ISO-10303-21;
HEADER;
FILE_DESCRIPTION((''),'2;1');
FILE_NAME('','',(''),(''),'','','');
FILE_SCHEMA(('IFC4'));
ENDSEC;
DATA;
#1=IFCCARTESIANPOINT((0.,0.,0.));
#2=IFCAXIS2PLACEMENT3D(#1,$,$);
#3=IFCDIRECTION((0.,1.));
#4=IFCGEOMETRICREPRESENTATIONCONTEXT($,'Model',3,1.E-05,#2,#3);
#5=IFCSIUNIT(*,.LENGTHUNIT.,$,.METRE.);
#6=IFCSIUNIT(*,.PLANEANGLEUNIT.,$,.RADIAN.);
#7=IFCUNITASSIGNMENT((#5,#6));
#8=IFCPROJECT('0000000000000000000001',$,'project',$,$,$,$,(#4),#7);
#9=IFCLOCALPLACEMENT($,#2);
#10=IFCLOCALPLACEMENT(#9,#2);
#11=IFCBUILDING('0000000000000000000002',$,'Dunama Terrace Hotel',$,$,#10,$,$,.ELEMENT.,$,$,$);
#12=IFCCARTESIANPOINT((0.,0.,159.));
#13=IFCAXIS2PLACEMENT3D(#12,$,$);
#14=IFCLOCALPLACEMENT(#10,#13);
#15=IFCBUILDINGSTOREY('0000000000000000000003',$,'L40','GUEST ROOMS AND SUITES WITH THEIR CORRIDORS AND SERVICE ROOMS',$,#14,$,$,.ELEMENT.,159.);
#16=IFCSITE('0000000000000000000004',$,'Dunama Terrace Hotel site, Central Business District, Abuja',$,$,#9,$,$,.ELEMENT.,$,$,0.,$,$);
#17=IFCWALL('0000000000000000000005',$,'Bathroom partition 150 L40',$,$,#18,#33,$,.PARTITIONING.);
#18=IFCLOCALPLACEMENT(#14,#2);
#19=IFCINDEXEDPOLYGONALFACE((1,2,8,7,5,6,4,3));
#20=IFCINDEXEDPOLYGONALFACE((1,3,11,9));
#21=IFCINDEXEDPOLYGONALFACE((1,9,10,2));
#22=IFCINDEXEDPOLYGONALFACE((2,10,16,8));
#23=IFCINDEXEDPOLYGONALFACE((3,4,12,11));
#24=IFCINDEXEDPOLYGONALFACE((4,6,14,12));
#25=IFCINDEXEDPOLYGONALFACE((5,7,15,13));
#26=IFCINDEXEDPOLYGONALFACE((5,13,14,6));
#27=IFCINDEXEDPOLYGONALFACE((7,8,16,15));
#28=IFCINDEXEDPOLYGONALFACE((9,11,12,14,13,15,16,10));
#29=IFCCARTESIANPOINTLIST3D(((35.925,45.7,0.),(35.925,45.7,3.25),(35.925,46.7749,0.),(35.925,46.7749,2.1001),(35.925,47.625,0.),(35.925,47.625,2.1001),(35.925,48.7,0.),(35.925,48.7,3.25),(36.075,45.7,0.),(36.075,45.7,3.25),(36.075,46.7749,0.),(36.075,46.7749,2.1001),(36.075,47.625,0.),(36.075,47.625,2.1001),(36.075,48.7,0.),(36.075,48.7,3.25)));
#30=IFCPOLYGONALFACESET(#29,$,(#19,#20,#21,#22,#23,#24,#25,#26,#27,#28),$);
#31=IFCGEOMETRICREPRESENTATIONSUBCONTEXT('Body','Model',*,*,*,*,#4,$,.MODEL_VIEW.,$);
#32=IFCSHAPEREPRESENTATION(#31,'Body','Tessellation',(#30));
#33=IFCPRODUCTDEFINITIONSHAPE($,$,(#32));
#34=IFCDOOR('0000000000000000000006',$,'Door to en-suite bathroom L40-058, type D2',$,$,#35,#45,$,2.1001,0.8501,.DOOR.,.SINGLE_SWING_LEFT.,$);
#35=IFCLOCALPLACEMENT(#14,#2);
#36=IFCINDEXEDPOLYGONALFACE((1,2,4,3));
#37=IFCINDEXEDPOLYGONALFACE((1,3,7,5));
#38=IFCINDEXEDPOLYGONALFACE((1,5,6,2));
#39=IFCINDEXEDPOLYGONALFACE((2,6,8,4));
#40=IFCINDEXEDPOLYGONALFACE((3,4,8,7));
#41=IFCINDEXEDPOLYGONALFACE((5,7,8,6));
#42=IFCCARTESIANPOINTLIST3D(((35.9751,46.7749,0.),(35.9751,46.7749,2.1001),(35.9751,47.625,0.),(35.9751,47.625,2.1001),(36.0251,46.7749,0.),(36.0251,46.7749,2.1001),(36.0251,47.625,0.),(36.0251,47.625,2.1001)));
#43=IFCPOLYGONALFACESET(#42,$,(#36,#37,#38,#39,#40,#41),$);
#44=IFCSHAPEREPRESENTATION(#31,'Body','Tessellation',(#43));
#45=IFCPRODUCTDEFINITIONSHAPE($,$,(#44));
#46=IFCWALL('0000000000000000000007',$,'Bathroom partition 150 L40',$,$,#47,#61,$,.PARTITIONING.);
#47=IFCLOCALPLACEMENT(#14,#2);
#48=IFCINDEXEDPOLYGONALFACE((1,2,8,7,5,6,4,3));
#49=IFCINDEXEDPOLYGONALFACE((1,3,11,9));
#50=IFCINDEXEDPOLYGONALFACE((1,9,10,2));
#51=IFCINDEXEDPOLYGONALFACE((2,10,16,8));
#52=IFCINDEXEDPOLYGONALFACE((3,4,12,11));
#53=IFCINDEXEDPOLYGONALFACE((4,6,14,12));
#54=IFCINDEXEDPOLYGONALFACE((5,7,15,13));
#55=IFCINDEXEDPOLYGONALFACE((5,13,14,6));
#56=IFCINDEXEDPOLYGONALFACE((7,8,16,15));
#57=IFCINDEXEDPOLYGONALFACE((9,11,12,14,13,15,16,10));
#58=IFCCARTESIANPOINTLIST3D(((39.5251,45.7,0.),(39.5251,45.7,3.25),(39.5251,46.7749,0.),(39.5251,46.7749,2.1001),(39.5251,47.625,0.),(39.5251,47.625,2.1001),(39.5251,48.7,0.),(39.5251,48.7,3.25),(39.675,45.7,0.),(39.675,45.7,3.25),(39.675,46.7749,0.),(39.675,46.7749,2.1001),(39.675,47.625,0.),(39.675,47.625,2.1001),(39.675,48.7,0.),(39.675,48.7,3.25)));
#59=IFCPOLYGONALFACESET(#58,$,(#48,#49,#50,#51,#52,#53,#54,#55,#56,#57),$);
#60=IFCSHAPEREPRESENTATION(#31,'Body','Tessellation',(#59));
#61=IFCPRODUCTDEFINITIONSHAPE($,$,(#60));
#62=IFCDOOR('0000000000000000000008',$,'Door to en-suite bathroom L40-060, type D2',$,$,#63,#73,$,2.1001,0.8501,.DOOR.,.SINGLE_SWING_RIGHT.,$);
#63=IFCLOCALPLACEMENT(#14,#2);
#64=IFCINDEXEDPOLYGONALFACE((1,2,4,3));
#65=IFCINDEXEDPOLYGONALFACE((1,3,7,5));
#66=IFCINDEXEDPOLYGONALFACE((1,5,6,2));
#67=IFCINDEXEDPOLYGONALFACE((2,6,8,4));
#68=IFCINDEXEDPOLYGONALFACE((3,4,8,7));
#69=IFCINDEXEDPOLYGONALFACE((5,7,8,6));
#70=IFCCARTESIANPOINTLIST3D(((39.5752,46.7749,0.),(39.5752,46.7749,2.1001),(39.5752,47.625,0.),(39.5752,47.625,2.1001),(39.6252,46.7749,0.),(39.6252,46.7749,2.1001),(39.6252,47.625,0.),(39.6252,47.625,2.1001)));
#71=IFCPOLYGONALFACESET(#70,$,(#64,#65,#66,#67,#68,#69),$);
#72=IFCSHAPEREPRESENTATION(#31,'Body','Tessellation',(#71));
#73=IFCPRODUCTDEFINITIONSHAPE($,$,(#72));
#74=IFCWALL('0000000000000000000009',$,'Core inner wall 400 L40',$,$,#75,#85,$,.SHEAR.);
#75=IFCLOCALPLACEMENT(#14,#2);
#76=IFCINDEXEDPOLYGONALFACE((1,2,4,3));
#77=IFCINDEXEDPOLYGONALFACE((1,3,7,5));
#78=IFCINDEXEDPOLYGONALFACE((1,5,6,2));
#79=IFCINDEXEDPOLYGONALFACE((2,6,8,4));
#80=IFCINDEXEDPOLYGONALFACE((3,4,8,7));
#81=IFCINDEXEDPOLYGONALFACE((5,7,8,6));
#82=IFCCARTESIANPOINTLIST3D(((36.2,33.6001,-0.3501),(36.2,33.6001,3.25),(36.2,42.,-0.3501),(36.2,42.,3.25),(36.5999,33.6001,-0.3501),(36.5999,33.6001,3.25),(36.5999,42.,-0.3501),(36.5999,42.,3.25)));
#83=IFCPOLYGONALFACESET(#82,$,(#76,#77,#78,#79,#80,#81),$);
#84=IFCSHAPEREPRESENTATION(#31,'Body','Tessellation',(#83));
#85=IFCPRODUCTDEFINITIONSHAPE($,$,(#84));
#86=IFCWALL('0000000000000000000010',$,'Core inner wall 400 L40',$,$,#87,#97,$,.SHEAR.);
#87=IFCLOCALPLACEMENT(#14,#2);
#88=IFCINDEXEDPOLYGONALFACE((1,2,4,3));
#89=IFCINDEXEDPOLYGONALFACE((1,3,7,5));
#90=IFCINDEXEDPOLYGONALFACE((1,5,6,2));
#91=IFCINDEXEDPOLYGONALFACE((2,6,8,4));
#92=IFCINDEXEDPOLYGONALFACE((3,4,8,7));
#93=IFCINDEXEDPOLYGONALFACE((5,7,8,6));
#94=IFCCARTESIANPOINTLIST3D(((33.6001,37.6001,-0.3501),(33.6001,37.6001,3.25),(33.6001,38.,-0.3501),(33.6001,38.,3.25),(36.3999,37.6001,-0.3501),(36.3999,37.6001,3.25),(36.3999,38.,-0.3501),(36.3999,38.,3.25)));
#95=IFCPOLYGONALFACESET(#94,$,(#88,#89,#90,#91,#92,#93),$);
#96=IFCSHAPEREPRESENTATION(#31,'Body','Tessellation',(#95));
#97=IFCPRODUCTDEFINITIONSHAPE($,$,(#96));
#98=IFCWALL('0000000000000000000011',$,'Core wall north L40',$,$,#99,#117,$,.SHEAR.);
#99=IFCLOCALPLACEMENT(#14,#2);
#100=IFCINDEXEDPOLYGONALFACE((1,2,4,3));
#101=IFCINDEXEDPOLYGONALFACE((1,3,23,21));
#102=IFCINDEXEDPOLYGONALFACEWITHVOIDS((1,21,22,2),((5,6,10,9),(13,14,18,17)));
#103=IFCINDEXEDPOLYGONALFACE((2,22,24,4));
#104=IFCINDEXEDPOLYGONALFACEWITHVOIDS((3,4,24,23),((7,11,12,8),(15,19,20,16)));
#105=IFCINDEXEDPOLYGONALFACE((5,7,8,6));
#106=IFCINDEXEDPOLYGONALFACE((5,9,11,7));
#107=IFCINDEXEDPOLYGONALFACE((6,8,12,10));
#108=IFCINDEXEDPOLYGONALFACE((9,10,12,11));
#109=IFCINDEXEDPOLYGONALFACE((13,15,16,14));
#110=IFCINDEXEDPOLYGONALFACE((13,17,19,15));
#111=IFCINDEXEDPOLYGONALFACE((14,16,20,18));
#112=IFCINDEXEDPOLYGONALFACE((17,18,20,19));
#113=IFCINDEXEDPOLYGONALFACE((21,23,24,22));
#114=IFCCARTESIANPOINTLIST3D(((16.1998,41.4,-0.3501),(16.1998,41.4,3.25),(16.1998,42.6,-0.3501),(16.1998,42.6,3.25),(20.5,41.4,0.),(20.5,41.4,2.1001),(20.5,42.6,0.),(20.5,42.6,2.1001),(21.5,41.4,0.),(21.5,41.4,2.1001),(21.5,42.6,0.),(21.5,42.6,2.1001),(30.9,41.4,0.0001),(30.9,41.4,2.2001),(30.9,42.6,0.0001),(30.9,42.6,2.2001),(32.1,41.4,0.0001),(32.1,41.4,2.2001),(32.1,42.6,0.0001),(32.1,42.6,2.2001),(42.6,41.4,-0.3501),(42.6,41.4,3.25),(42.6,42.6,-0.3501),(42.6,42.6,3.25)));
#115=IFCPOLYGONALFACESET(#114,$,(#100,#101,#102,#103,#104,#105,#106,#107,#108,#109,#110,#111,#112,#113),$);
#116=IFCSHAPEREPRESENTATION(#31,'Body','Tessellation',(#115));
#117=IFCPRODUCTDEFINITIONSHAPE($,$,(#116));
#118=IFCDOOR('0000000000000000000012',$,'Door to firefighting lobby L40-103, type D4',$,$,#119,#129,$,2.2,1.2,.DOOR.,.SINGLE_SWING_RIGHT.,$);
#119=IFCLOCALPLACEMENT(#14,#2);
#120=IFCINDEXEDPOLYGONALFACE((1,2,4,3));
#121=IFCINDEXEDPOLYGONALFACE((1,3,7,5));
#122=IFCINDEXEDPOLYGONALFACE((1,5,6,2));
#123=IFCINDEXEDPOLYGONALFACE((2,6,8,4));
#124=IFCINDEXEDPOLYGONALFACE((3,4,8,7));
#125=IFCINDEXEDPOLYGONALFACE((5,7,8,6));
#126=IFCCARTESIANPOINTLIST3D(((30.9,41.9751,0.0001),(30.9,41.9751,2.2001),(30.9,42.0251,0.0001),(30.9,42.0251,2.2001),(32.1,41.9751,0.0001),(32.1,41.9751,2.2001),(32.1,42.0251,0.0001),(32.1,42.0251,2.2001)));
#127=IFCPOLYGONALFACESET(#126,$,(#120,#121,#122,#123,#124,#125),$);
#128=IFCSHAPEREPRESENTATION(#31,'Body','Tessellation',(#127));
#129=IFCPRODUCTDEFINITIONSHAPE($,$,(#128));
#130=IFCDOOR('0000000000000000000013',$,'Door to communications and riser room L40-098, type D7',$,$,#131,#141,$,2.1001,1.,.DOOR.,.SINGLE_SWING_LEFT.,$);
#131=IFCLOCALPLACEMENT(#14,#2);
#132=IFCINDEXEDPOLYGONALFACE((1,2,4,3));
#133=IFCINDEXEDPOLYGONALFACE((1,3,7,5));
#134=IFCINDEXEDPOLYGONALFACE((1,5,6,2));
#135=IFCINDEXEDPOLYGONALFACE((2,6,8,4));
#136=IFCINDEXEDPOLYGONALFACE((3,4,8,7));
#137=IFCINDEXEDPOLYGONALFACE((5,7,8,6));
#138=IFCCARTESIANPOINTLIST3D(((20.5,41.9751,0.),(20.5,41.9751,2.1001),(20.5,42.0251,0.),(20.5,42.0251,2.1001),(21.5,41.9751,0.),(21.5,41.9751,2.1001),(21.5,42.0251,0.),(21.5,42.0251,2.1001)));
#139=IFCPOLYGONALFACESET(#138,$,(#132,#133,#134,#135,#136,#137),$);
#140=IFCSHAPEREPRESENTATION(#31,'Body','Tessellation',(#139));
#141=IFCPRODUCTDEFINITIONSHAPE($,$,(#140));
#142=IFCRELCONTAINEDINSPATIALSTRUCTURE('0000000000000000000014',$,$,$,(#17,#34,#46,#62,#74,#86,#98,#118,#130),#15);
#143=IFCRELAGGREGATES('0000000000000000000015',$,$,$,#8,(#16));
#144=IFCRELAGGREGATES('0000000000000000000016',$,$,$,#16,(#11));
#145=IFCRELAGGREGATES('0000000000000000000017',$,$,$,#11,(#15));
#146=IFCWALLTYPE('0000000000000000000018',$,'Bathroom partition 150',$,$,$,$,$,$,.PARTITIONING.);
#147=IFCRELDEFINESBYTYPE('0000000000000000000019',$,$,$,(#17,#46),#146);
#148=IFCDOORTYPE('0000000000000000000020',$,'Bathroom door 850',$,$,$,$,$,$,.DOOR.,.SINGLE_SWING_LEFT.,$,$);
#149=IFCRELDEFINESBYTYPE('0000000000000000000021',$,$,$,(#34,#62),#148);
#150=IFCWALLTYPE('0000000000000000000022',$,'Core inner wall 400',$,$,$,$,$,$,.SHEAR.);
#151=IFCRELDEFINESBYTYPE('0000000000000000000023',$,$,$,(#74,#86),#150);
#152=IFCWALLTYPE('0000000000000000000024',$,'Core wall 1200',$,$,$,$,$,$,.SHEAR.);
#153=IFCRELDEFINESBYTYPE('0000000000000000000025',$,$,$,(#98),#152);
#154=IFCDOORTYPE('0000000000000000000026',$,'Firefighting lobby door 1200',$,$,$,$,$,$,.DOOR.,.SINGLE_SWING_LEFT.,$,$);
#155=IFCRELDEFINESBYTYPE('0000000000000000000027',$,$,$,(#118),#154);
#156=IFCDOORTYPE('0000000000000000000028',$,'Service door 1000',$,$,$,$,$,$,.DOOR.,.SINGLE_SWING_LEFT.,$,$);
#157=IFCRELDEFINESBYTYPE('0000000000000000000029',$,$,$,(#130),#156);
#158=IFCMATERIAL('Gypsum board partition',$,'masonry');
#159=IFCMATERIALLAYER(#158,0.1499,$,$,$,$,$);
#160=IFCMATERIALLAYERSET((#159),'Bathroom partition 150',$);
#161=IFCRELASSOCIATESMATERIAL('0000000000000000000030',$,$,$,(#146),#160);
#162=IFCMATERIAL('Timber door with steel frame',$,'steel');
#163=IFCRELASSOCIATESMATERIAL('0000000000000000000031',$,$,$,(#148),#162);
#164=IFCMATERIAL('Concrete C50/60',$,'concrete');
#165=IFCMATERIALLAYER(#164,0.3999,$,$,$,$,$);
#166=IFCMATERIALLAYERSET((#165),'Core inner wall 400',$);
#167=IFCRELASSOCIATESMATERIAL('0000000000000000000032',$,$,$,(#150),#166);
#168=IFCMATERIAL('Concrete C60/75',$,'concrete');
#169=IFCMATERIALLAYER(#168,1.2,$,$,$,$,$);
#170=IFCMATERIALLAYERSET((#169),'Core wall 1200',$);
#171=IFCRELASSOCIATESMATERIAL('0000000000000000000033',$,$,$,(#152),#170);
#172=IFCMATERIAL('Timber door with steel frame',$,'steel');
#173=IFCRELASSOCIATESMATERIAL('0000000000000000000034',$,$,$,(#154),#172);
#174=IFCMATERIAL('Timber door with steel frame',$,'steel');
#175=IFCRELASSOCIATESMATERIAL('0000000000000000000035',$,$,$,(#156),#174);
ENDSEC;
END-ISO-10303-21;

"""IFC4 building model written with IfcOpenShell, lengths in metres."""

from ifc_helpers import new_model, si_unit, direction, frame, frame_2d, origin, place, context, subcontext, project, spatial, rectangle, extrude, material, layer, layer_set, type_object, element, fill, save


model = new_model("IFC4")

# Units and contexts
model_context = context("Model", 3, precision=1e-05, world=origin(), true_north=direction((0.0, 1.0)))
body_context = subcontext(model_context, "Body", "Model", "MODEL_VIEW")
ifc_project = project(units=[si_unit("LENGTHUNIT", "METRE"), si_unit("PLANEANGLEUNIT", "RADIAN")], contexts=[model_context])

# Site, building, storey
site_placement = place(None, origin())
site = spatial("IfcSite", under=ifc_project, at=site_placement, Name="Dunama Terrace Hotel site, Central Business District, Abuja", CompositionType="ELEMENT", RefElevation=0.0)
building_placement = place(site_placement, origin())
building = spatial("IfcBuilding", under=site, at=building_placement, Name="Dunama Terrace Hotel", CompositionType="ELEMENT")
storey_placement = place(building_placement, frame((0.0, 0.0, 159.0)))
storey = spatial("IfcBuildingStorey", under=building, at=storey_placement, Name="L40", Description="GUEST ROOMS AND SUITES WITH THEIR CORRIDORS AND SERVICE ROOMS", CompositionType="ELEMENT", Elevation=159.0)

# Walls, openings, doors
ifc_material_1 = material(Name="Gypsum board partition", Category="masonry")
ifc_layer_1 = layer(ifc_material_1, 0.1499)
ifc_layer_set_1 = layer_set([ifc_layer_1], Name="Bathroom partition 150")
wall_type_1 = type_object("IfcWallType", Name="Bathroom partition 150", PredefinedType="PARTITIONING", material=ifc_layer_set_1)
wall_1_placement = place(storey_placement, frame((36.0, 45.7, 0.0), z_axis=(0.0, 0.0, 1.0), x_axis=(0.0, 1.0, 0.0)))
wall_1 = element("IfcWall", 1, at=wall_1_placement, inside=storey, type_object=wall_type_1, Name="Bathroom partition 150 L40", PredefinedType="PARTITIONING", context=body_context, shape_type="SweptSolid", body=[
    extrude(rectangle(XDim=3.0, YDim=0.1499, at=frame_2d((1.5, 0.0))), origin(), (0.0, 0.0, 1.0), 3.25),
])
opening_1_placement = place(wall_1_placement, frame((1.075, 0.0, 0.0)))
opening_1 = element("IfcOpeningElement", 2, at=opening_1_placement, cuts=wall_1, PredefinedType="OPENING", context=body_context, shape_type="SweptSolid", body=[
    extrude(rectangle(XDim=0.8501, YDim=2.1001, at=frame_2d((0.425, 1.05))), frame((0.0, 0.085, 0.0), z_axis=(0.0, -1.0, 0.0), x_axis=(1.0, 0.0, 0.0)), (0.0, 0.0, 1.0), 0.1699),
])
ifc_material_2 = material(Name="Timber door with steel frame", Category="steel")
door_type_1 = type_object("IfcDoorType", Name="Bathroom door 850", OperationType="SINGLE_SWING_LEFT", PredefinedType="DOOR", material=ifc_material_2)
door_1_placement = place(opening_1_placement, origin())
door_1 = element("IfcDoor", 3, at=door_1_placement, inside=storey, type_object=door_type_1, Name="Door to en-suite bathroom L40-058, type D2", OperationType="SINGLE_SWING_LEFT", OverallHeight=2.1001, OverallWidth=0.8501, PredefinedType="DOOR", context=body_context, shape_type="SweptSolid", body=[
    extrude(rectangle(XDim=0.8501, YDim=2.1001, at=frame_2d((0.425, 1.05))), frame((0.0, 0.0249, 0.0), z_axis=(0.0, -1.0, 0.0), x_axis=(1.0, 0.0, 0.0)), (0.0, 0.0, 1.0), 0.05),
])
fill(opening_1, door_1)
wall_2_placement = place(storey_placement, frame((39.6001, 45.7, 0.0), z_axis=(0.0, 0.0, 1.0), x_axis=(0.0, 1.0, 0.0)))
wall_2 = element("IfcWall", 4, at=wall_2_placement, inside=storey, type_object=wall_type_1, Name="Bathroom partition 150 L40", PredefinedType="PARTITIONING", context=body_context, shape_type="SweptSolid", body=[
    extrude(rectangle(XDim=3.0, YDim=0.1499, at=frame_2d((1.5, 0.0))), origin(), (0.0, 0.0, 1.0), 3.25),
])
opening_2_placement = place(wall_2_placement, frame((1.075, 0.0, 0.0)))
opening_2 = element("IfcOpeningElement", 5, at=opening_2_placement, cuts=wall_2, PredefinedType="OPENING", context=body_context, shape_type="SweptSolid", body=[
    extrude(rectangle(XDim=0.8501, YDim=2.1001, at=frame_2d((0.425, 1.05))), frame((0.0, 0.085, 0.0), z_axis=(0.0, -1.0, 0.0), x_axis=(1.0, 0.0, 0.0)), (0.0, 0.0, 1.0), 0.1699),
])
door_2_placement = place(opening_2_placement, frame((0.8501, 0.0, 0.0), z_axis=(0.0, 0.0, 1.0), x_axis=(-1.0, 0.0, 0.0)))
door_2 = element("IfcDoor", 6, at=door_2_placement, inside=storey, type_object=door_type_1, Name="Door to en-suite bathroom L40-060, type D2", OperationType="SINGLE_SWING_RIGHT", OverallHeight=2.1001, OverallWidth=0.8501, PredefinedType="DOOR", context=body_context, shape_type="SweptSolid", body=[
    extrude(rectangle(XDim=0.8501, YDim=2.1001, at=frame_2d((0.425, 1.05))), frame((0.0, 0.0251, 0.0), z_axis=(0.0, -1.0, 0.0), x_axis=(1.0, 0.0, 0.0)), (0.0, 0.0, 1.0), 0.05),
])
fill(opening_2, door_2)

# Walls
ifc_material_3 = material(Name="Concrete C50/60", Category="concrete")
ifc_layer_2 = layer(ifc_material_3, 0.3999)
ifc_layer_set_2 = layer_set([ifc_layer_2], Name="Core inner wall 400")
wall_type_2 = type_object("IfcWallType", Name="Core inner wall 400", PredefinedType="SHEAR", material=ifc_layer_set_2)
wall_3_placement = place(storey_placement, frame((36.3999, 33.6001, -0.3501), z_axis=(0.0, 0.0, 1.0), x_axis=(0.0, 1.0, 0.0)))
element("IfcWall", 7, at=wall_3_placement, inside=storey, type_object=wall_type_2, Name="Core inner wall 400 L40", PredefinedType="SHEAR", context=body_context, shape_type="SweptSolid", body=[
    extrude(rectangle(XDim=8.3999, YDim=0.3999, at=frame_2d((4.2, 0.0))), origin(), (0.0, 0.0, 1.0), 3.6001),
])
wall_4_placement = place(storey_placement, frame((33.6001, 37.8, -0.3501), z_axis=(0.0, 0.0, 1.0), x_axis=(1.0, 0.0, 0.0)))
element("IfcWall", 8, at=wall_4_placement, inside=storey, type_object=wall_type_2, Name="Core inner wall 400 L40", PredefinedType="SHEAR", context=body_context, shape_type="SweptSolid", body=[
    extrude(rectangle(XDim=2.7998, YDim=0.3999, at=frame_2d((1.3999, 0.0))), origin(), (0.0, 0.0, 1.0), 3.6001),
])

# Wall, openings, doors
ifc_material_4 = material(Name="Concrete C60/75", Category="concrete")
ifc_layer_3 = layer(ifc_material_4, 1.2)
ifc_layer_set_3 = layer_set([ifc_layer_3], Name="Core wall 1200")
wall_type_3 = type_object("IfcWallType", Name="Core wall 1200", PredefinedType="SHEAR", material=ifc_layer_set_3)
wall_5_placement = place(storey_placement, frame((42.6001, 42.0, -0.3501), z_axis=(0.0, 0.0, 1.0), x_axis=(-1.0, 0.0, 0.0)))
wall_5 = element("IfcWall", 9, at=wall_5_placement, inside=storey, type_object=wall_type_3, Name="Core wall north L40", PredefinedType="SHEAR", context=body_context, shape_type="SweptSolid", body=[
    extrude(rectangle(XDim=26.4001, YDim=1.2, at=frame_2d((13.2002, 0.0))), origin(), (0.0, 0.0, 1.0), 3.6001),
])
opening_3_placement = place(wall_5_placement, frame((21.1001, 0.0, 0.3501)))
opening_3 = element("IfcOpeningElement", 10, at=opening_3_placement, cuts=wall_5, PredefinedType="OPENING", context=body_context, shape_type="SweptSolid", body=[
    extrude(rectangle(XDim=1.0, YDim=2.1001, at=frame_2d((0.5, 1.05))), frame((0.0, 0.6099, 0.0), z_axis=(0.0, -1.0, 0.0), x_axis=(1.0, 0.0, 0.0)), (0.0, 0.0, 1.0), 1.22),
])
opening_4_placement = place(wall_5_placement, frame((10.5, 0.0, 0.3501)))
opening_4 = element("IfcOpeningElement", 11, at=opening_4_placement, cuts=wall_5, PredefinedType="OPENING", context=body_context, shape_type="SweptSolid", body=[
    extrude(rectangle(XDim=1.2, YDim=2.2, at=frame_2d((0.6001, 1.1001))), frame((0.0, 0.6099, 0.0), z_axis=(0.0, -1.0, 0.0), x_axis=(1.0, 0.0, 0.0)), (0.0, 0.0, 1.0), 1.22),
])
ifc_material_5 = material(Name="Timber door with steel frame", Category="steel")
door_type_2 = type_object("IfcDoorType", Name="Firefighting lobby door 1200", OperationType="SINGLE_SWING_LEFT", PredefinedType="DOOR", material=ifc_material_5)
door_3_placement = place(opening_4_placement, origin())
door_3 = element("IfcDoor", 12, at=door_3_placement, inside=storey, type_object=door_type_2, Name="Door to firefighting lobby L40-103, type D4", OperationType="SINGLE_SWING_RIGHT", OverallHeight=2.2, OverallWidth=1.2, PredefinedType="DOOR", context=body_context, shape_type="SweptSolid", body=[
    extrude(rectangle(XDim=1.2, YDim=2.2, at=frame_2d((0.6001, 1.1001))), frame((0.0, 0.0249, 0.0), z_axis=(0.0, -1.0, 0.0), x_axis=(1.0, 0.0, 0.0)), (0.0, 0.0, 1.0), 0.05),
])
fill(opening_4, door_3)
ifc_material_6 = material(Name="Timber door with steel frame", Category="steel")
door_type_3 = type_object("IfcDoorType", Name="Service door 1000", OperationType="SINGLE_SWING_LEFT", PredefinedType="DOOR", material=ifc_material_6)
door_4_placement = place(opening_3_placement, origin())
door_4 = element("IfcDoor", 13, at=door_4_placement, inside=storey, type_object=door_type_3, Name="Door to communications and riser room L40-098, type D7", OperationType="SINGLE_SWING_LEFT", OverallHeight=2.1001, OverallWidth=1.0, PredefinedType="DOOR", context=body_context, shape_type="SweptSolid", body=[
    extrude(rectangle(XDim=1.0, YDim=2.1001, at=frame_2d((0.5, 1.05))), frame((0.0, 0.0249, 0.0), z_axis=(0.0, -1.0, 0.0), x_axis=(1.0, 0.0, 0.0)), (0.0, 0.0, 1.0), 0.05),
])
fill(opening_3, door_4)

save(model, "model.ifc")
